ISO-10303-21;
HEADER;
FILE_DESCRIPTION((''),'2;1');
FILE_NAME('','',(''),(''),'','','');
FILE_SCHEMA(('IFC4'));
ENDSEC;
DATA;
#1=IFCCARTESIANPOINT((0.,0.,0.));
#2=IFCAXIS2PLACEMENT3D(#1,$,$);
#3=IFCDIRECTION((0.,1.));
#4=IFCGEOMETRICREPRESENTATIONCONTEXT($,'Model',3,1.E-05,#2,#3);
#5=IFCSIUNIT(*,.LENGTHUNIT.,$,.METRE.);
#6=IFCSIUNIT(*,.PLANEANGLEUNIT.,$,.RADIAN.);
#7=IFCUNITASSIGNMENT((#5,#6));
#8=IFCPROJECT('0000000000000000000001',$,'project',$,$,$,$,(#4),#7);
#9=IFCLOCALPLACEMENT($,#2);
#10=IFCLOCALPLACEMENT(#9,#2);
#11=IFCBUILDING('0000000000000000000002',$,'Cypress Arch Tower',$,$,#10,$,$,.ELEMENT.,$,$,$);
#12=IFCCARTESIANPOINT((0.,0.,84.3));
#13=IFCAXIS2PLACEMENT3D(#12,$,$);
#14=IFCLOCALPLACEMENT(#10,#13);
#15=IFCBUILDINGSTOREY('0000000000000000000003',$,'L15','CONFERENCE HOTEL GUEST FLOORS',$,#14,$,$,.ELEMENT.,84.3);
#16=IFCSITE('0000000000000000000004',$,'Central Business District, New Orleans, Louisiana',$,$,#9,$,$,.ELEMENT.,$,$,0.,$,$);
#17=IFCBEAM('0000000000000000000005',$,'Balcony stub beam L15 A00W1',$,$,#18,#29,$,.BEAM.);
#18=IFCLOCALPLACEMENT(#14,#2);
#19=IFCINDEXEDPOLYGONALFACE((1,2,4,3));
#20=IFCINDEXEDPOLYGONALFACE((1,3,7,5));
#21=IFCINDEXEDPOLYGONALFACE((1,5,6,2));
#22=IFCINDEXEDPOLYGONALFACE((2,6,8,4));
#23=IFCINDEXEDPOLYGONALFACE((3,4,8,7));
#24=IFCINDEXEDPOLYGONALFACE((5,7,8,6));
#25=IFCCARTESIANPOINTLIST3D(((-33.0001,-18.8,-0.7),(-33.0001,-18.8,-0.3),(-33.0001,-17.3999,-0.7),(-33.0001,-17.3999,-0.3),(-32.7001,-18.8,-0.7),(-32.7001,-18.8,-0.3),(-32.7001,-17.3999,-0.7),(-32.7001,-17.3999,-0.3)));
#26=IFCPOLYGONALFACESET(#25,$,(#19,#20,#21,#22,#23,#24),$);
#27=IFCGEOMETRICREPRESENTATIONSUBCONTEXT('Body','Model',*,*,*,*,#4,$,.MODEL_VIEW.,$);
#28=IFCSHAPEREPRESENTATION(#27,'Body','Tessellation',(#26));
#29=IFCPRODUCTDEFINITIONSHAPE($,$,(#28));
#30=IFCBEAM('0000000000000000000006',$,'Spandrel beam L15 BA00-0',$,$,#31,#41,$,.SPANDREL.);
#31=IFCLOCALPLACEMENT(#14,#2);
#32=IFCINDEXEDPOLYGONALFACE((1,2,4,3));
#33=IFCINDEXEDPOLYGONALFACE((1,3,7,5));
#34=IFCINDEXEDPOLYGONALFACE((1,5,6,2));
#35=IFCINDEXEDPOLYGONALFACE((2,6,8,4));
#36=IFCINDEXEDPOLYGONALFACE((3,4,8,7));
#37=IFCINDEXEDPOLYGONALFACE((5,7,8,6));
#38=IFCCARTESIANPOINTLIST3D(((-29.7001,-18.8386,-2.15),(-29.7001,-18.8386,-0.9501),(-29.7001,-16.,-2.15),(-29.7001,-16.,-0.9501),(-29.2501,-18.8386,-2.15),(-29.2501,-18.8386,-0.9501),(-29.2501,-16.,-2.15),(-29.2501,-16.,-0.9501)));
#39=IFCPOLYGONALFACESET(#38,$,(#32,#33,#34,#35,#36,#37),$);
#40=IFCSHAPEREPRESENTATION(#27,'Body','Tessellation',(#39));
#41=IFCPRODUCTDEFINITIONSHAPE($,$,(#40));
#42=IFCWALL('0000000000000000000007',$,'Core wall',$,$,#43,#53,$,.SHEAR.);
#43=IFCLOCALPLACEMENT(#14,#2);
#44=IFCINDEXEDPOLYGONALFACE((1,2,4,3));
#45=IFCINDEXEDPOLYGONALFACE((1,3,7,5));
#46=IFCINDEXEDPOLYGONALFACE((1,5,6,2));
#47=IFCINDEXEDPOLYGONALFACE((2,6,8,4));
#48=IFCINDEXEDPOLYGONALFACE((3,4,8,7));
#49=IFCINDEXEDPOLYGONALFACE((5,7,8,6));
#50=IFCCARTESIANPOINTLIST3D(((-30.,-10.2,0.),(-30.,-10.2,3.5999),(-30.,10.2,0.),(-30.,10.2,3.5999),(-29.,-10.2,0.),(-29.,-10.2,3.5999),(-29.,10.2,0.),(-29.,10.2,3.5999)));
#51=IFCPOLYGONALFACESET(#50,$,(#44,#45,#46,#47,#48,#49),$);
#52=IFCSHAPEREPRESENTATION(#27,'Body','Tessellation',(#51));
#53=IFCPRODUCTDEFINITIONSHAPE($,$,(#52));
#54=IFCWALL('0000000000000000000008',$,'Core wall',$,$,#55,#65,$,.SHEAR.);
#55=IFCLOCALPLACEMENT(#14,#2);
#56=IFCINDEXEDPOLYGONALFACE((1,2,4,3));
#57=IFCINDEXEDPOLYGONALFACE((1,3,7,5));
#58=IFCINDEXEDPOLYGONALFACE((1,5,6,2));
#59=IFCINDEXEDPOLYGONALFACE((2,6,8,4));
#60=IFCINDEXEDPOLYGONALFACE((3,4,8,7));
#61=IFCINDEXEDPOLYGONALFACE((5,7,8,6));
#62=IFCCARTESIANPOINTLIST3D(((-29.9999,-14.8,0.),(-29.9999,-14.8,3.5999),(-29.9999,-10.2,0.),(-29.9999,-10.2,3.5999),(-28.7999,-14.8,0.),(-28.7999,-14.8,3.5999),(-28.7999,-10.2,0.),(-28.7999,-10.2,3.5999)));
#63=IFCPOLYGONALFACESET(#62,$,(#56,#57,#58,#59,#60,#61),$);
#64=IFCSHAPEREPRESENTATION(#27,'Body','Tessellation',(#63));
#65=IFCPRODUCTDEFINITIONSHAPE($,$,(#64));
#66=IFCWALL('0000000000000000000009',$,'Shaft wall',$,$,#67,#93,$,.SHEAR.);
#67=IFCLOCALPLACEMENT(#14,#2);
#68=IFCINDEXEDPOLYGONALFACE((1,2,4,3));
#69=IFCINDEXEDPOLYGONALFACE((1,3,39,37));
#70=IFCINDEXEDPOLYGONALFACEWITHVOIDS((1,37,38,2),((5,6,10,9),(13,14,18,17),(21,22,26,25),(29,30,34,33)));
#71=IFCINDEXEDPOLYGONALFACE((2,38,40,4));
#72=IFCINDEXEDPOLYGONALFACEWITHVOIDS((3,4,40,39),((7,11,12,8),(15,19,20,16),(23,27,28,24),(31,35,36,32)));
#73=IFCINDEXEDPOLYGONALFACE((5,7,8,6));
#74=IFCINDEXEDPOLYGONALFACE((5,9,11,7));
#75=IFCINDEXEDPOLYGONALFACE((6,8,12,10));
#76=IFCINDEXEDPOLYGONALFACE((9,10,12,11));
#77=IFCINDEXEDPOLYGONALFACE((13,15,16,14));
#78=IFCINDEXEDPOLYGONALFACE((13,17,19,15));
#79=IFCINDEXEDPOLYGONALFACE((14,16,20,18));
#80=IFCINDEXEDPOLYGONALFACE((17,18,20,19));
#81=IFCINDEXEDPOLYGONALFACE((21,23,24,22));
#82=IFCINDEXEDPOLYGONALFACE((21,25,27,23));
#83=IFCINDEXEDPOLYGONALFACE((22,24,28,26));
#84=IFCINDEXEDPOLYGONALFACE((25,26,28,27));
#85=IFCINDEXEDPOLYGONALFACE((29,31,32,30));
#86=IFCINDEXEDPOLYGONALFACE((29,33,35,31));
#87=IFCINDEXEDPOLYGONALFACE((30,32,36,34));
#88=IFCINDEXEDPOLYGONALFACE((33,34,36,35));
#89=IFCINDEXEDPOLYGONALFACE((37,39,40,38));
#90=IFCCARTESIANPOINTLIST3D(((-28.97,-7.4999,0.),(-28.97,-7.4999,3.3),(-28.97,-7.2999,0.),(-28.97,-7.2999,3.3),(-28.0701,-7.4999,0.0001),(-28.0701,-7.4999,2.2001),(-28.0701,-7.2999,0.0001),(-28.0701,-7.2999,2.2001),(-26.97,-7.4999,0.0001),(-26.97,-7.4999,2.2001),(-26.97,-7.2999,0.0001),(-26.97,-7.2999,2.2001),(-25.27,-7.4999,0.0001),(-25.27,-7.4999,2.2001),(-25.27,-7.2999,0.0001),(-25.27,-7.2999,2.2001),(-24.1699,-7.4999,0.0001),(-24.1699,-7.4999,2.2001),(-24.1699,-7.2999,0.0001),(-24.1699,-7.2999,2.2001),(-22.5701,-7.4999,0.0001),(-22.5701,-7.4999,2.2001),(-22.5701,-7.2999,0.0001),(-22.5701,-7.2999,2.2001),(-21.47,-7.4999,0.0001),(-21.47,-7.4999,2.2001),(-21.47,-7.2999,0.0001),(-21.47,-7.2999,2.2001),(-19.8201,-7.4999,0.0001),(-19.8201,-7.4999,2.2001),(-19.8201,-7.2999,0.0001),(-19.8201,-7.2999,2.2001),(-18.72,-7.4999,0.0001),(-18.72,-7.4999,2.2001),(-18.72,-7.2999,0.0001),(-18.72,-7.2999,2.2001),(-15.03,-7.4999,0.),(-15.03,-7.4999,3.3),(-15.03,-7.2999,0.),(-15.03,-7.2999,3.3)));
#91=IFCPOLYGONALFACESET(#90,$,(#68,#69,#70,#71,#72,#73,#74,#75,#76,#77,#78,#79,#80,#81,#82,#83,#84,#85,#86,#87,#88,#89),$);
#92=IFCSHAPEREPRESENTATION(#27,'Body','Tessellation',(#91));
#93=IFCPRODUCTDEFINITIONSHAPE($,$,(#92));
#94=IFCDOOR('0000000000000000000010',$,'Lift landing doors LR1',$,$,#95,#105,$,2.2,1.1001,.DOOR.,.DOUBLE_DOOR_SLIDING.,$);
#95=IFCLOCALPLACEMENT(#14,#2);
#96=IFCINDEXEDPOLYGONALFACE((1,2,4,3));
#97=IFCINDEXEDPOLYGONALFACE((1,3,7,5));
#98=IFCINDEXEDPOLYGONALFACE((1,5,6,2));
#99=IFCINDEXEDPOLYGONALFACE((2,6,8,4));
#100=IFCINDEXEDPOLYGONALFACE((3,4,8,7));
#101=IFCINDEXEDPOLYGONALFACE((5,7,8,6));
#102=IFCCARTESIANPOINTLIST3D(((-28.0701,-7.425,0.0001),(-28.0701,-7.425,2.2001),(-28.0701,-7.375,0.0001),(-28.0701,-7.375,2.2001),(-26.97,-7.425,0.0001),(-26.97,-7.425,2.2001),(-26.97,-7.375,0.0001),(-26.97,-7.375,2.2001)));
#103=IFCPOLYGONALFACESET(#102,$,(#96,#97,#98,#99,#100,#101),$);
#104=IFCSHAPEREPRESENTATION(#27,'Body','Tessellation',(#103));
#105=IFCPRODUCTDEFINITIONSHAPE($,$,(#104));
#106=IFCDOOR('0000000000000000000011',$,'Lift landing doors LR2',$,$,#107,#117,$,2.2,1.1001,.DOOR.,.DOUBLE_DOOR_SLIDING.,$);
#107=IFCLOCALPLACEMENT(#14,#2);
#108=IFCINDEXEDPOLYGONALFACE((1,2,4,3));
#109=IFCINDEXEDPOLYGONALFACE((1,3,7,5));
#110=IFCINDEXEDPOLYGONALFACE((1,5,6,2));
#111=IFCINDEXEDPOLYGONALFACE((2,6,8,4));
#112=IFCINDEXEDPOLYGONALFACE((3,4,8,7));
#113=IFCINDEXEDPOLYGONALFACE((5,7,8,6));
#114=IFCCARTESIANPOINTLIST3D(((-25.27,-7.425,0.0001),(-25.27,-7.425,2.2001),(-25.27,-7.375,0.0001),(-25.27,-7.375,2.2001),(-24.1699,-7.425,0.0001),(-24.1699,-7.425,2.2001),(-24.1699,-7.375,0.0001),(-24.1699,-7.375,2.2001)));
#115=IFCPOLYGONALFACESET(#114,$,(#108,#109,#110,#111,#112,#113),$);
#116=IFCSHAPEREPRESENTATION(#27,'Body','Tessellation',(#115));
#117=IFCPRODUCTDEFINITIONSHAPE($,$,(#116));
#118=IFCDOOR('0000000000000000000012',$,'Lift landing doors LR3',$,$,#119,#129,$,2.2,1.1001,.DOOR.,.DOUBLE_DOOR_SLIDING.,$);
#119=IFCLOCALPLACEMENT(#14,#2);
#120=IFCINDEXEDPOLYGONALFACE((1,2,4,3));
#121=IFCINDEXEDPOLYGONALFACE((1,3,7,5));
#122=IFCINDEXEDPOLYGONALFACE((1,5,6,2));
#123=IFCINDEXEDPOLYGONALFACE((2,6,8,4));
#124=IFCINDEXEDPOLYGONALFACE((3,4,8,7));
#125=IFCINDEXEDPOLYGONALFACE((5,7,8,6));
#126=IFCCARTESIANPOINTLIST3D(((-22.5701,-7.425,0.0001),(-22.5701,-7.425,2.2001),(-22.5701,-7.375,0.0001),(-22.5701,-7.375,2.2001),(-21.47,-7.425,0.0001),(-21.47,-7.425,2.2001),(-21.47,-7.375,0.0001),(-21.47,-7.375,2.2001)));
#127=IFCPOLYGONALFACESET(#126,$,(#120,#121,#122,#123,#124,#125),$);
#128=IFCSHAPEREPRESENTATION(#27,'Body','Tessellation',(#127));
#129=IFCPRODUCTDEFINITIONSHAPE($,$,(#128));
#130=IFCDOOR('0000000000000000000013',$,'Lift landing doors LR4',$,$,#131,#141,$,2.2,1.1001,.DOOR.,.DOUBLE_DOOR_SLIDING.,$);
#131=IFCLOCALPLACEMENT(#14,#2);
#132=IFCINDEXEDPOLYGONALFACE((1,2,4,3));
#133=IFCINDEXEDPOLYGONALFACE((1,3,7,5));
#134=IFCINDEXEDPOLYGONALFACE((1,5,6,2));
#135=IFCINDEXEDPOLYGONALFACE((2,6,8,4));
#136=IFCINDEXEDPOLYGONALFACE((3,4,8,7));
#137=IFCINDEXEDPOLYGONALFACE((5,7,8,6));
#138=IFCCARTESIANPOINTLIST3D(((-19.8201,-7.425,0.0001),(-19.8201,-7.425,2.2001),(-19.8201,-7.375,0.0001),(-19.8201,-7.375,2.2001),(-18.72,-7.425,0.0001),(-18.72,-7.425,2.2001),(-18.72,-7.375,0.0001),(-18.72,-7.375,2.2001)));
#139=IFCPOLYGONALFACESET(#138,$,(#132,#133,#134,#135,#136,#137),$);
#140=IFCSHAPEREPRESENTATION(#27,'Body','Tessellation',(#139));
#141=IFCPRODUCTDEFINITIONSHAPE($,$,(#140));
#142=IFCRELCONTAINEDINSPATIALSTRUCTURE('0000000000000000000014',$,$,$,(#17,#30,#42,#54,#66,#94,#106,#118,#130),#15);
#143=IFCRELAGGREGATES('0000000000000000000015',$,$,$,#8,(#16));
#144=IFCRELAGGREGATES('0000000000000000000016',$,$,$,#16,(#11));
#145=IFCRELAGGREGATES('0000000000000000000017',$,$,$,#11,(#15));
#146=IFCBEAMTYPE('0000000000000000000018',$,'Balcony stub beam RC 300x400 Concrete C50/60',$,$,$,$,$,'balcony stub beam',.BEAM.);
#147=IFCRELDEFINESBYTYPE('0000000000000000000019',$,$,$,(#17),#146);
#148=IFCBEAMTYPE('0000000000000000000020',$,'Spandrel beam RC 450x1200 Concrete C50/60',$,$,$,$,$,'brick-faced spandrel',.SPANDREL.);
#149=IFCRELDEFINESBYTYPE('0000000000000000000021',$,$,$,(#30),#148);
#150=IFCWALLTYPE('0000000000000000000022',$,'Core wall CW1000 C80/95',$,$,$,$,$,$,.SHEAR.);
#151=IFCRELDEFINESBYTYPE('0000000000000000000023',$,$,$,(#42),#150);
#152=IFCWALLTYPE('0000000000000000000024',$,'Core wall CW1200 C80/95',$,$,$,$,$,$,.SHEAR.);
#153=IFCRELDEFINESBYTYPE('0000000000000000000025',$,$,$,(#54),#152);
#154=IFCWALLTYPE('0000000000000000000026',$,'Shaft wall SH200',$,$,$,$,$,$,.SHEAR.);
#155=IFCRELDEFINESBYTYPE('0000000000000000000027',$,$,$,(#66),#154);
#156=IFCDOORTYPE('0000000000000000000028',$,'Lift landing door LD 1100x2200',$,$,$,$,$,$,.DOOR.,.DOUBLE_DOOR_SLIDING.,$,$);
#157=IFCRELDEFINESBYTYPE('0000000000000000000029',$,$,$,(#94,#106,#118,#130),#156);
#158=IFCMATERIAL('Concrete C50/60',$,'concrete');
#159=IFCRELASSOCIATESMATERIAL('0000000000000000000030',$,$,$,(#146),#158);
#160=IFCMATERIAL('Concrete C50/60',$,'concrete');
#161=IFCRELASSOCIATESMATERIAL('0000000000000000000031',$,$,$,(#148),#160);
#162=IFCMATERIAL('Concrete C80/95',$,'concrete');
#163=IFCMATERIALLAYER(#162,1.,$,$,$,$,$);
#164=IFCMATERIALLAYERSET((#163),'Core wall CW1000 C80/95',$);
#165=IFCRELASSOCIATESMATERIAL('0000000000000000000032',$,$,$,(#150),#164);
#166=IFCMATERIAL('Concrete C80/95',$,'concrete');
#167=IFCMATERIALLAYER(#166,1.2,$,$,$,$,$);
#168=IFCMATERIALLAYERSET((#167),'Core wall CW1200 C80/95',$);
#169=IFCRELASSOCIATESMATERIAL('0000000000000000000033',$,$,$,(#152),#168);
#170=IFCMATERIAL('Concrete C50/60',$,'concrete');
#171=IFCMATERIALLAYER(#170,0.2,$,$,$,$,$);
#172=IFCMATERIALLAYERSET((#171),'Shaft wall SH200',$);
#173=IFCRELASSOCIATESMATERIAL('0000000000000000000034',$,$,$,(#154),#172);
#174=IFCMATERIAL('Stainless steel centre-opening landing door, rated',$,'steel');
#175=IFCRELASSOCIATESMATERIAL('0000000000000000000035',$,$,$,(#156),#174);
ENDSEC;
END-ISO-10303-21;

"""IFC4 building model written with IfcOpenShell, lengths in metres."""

from ifc_helpers import new_model, si_unit, direction, frame, frame_2d, origin, origin_2d, place, context, subcontext, project, spatial, rectangle, extrude, material, layer, layer_set, material_profile, profile_set, type_object, element, fill, save


model = new_model("IFC4")

# Units and contexts
model_context = context("Model", 3, precision=1e-05, world=origin(), true_north=direction((0.0, 1.0)))
body_context = subcontext(model_context, "Body", "Model", "MODEL_VIEW")
ifc_project = project(units=[si_unit("LENGTHUNIT", "METRE"), si_unit("PLANEANGLEUNIT", "RADIAN")], contexts=[model_context])

# Site, building, storey
site_placement = place(None, origin())
site = spatial("IfcSite", under=ifc_project, at=site_placement, Name="Central Business District, New Orleans, Louisiana", CompositionType="ELEMENT", RefElevation=0.0)
building_placement = place(site_placement, origin())
building = spatial("IfcBuilding", under=site, at=building_placement, Name="Cypress Arch Tower", CompositionType="ELEMENT")
storey_placement = place(building_placement, frame((0.0, 0.0, 84.3)))
storey = spatial("IfcBuildingStorey", under=building, at=storey_placement, Name="L15", Description="CONFERENCE HOTEL GUEST FLOORS", CompositionType="ELEMENT", Elevation=84.3)

# Beams
ifc_material_1 = material(Name="Concrete C50/60", Category="concrete")
ifc_material_profile_1 = material_profile(ifc_material_1, rectangle(XDim=0.3, YDim=0.3999, at=origin_2d()), Name="RC 300x400")
ifc_profile_set_1 = profile_set([ifc_material_profile_1], Name="Concrete C50/60")
beam_type_1 = type_object("IfcBeamType", Name="Balcony stub beam RC 300x400 Concrete C50/60", ElementType="balcony stub beam", PredefinedType="BEAM", material=ifc_profile_set_1)
beam_1_placement = place(storey_placement, frame((-32.8501, -17.3999, -0.5), z_axis=(0.0, -1.0, 0.0), x_axis=(1.0, 0.0, 0.0)))
element("IfcBeam", 1, at=beam_1_placement, inside=storey, type_object=beam_type_1, Name="Balcony stub beam L15 A00W1", PredefinedType="BEAM", context=body_context, shape_type="SweptSolid", body=[
    extrude(rectangle(XDim=0.3, YDim=0.3999, at=origin_2d()), origin(), (0.0, 0.0, 1.0), 1.4001),
])
ifc_material_2 = material(Name="Concrete C50/60", Category="concrete")
ifc_material_profile_2 = material_profile(ifc_material_2, rectangle(XDim=0.45, YDim=1.2, at=origin_2d()), Name="RC 450x1200")
ifc_profile_set_2 = profile_set([ifc_material_profile_2], Name="Concrete C50/60")
beam_type_2 = type_object("IfcBeamType", Name="Spandrel beam RC 450x1200 Concrete C50/60", ElementType="brick-faced spandrel", PredefinedType="SPANDREL", material=ifc_profile_set_2)
beam_2_placement = place(storey_placement, frame((-29.4751, -16.0, -1.55), z_axis=(0.0, -1.0, 0.0), x_axis=(1.0, 0.0, 0.0)))
element("IfcBeam", 2, at=beam_2_placement, inside=storey, type_object=beam_type_2, Name="Spandrel beam L15 BA00-0", PredefinedType="SPANDREL", context=body_context, shape_type="SweptSolid", body=[
    extrude(rectangle(XDim=0.45, YDim=1.2, at=origin_2d()), origin(), (0.0, 0.0, 1.0), 2.8386),
])

# Wall
ifc_material_3 = material(Name="Concrete C80/95", Category="concrete")
ifc_layer_1 = layer(ifc_material_3, 1.0)
ifc_layer_set_1 = layer_set([ifc_layer_1], Name="Core wall CW1000 C80/95")
wall_type_1 = type_object("IfcWallType", Name="Core wall CW1000 C80/95", PredefinedType="SHEAR", material=ifc_layer_set_1)
wall_1_placement = place(storey_placement, frame((-29.5, -10.2, 0.0), z_axis=(0.0, 0.0, 1.0), x_axis=(0.0, 1.0, 0.0)))
element("IfcWall", 3, at=wall_1_placement, inside=storey, type_object=wall_type_1, Name="Core wall", PredefinedType="SHEAR", context=body_context, shape_type="SweptSolid", body=[
    extrude(rectangle(XDim=20.3999, YDim=1.0, at=frame_2d((10.2, 0.0))), origin(), (0.0, 0.0, 1.0), 3.5999),
])

# Shared definitions
ifc_material_4 = material(Name="Concrete C80/95", Category="concrete")
ifc_layer_2 = layer(ifc_material_4, 1.2)
ifc_layer_set_2 = layer_set([ifc_layer_2], Name="Core wall CW1200 C80/95")
wall_type_2 = type_object("IfcWallType", Name="Core wall CW1200 C80/95", PredefinedType="SHEAR", material=ifc_layer_set_2)

# Wall
wall_2_placement = place(storey_placement, frame((-29.3999, -14.8, 0.0), z_axis=(0.0, 0.0, 1.0), x_axis=(0.0, 1.0, 0.0)))
element("IfcWall", 4, at=wall_2_placement, inside=storey, type_object=wall_type_2, Name="Core wall", PredefinedType="SHEAR", context=body_context, shape_type="SweptSolid", body=[
    extrude(rectangle(XDim=4.6001, YDim=1.2, at=frame_2d((2.3, 0.0))), origin(), (0.0, 0.0, 1.0), 3.5999),
])

# Wall, openings, doors
ifc_material_5 = material(Name="Concrete C50/60", Category="concrete")
ifc_layer_3 = layer(ifc_material_5, 0.2)
ifc_layer_set_3 = layer_set([ifc_layer_3], Name="Shaft wall SH200")
wall_type_3 = type_object("IfcWallType", Name="Shaft wall SH200", PredefinedType="SHEAR", material=ifc_layer_set_3)
wall_3_placement = place(storey_placement, frame((-28.97, -7.3999, 0.0), z_axis=(0.0, 0.0, 1.0), x_axis=(1.0, 0.0, 0.0)))
wall_3 = element("IfcWall", 5, at=wall_3_placement, inside=storey, type_object=wall_type_3, Name="Shaft wall", PredefinedType="SHEAR", context=body_context, shape_type="SweptSolid", body=[
    extrude(rectangle(XDim=13.9399, YDim=0.2, at=frame_2d((6.97, 0.0))), origin(), (0.0, 0.0, 1.0), 3.3),
])
opening_1_placement = place(wall_3_placement, frame((0.8999, 0.0, 0.0)))
opening_1 = element("IfcOpeningElement", 6, at=opening_1_placement, cuts=wall_3, PredefinedType="OPENING", context=body_context, shape_type="SweptSolid", body=[
    extrude(rectangle(XDim=1.1001, YDim=2.2, at=frame_2d((0.55, 1.1001))), frame((0.0, 0.1099, 0.0), z_axis=(0.0, -1.0, 0.0), x_axis=(1.0, 0.0, 0.0)), (0.0, 0.0, 1.0), 0.22),
])
opening_2_placement = place(wall_3_placement, frame((3.7, 0.0, 0.0)))
opening_2 = element("IfcOpeningElement", 7, at=opening_2_placement, cuts=wall_3, PredefinedType="OPENING", context=body_context, shape_type="SweptSolid", body=[
    extrude(rectangle(XDim=1.1001, YDim=2.2, at=frame_2d((0.55, 1.1001))), frame((0.0, 0.1099, 0.0), z_axis=(0.0, -1.0, 0.0), x_axis=(1.0, 0.0, 0.0)), (0.0, 0.0, 1.0), 0.22),
])
opening_3_placement = place(wall_3_placement, frame((6.3999, 0.0, 0.0)))
opening_3 = element("IfcOpeningElement", 8, at=opening_3_placement, cuts=wall_3, PredefinedType="OPENING", context=body_context, shape_type="SweptSolid", body=[
    extrude(rectangle(XDim=1.1001, YDim=2.2, at=frame_2d((0.55, 1.1001))), frame((0.0, 0.1099, 0.0), z_axis=(0.0, -1.0, 0.0), x_axis=(1.0, 0.0, 0.0)), (0.0, 0.0, 1.0), 0.22),
])
opening_4_placement = place(wall_3_placement, frame((9.1499, 0.0, 0.0)))
opening_4 = element("IfcOpeningElement", 9, at=opening_4_placement, cuts=wall_3, PredefinedType="OPENING", context=body_context, shape_type="SweptSolid", body=[
    extrude(rectangle(XDim=1.1001, YDim=2.2, at=frame_2d((0.55, 1.1001))), frame((0.0, 0.1099, 0.0), z_axis=(0.0, -1.0, 0.0), x_axis=(1.0, 0.0, 0.0)), (0.0, 0.0, 1.0), 0.22),
])
ifc_material_6 = material(Name="Stainless steel centre-opening landing door, rated", Category="steel")
door_type_1 = type_object("IfcDoorType", Name="Lift landing door LD 1100x2200", OperationType="DOUBLE_DOOR_SLIDING", PredefinedType="DOOR", material=ifc_material_6)
door_1_placement = place(opening_1_placement, origin())
door_1 = element("IfcDoor", 10, at=door_1_placement, inside=storey, type_object=door_type_1, Name="Lift landing doors LR1", OperationType="DOUBLE_DOOR_SLIDING", OverallHeight=2.2, OverallWidth=1.1001, PredefinedType="DOOR", context=body_context, shape_type="SweptSolid", body=[
    extrude(rectangle(XDim=1.1001, YDim=2.2, at=frame_2d((0.55, 1.1001))), frame((0.0, 0.0249, 0.0), z_axis=(0.0, -1.0, 0.0), x_axis=(1.0, 0.0, 0.0)), (0.0, 0.0, 1.0), 0.05),
])
fill(opening_1, door_1)
door_2_placement = place(opening_2_placement, origin())
door_2 = element("IfcDoor", 11, at=door_2_placement, inside=storey, type_object=door_type_1, Name="Lift landing doors LR2", OperationType="DOUBLE_DOOR_SLIDING", OverallHeight=2.2, OverallWidth=1.1001, PredefinedType="DOOR", context=body_context, shape_type="SweptSolid", body=[
    extrude(rectangle(XDim=1.1001, YDim=2.2, at=frame_2d((0.55, 1.1001))), frame((0.0, 0.0249, 0.0), z_axis=(0.0, -1.0, 0.0), x_axis=(1.0, 0.0, 0.0)), (0.0, 0.0, 1.0), 0.05),
])
fill(opening_2, door_2)
door_3_placement = place(opening_3_placement, origin())
door_3 = element("IfcDoor", 12, at=door_3_placement, inside=storey, type_object=door_type_1, Name="Lift landing doors LR3", OperationType="DOUBLE_DOOR_SLIDING", OverallHeight=2.2, OverallWidth=1.1001, PredefinedType="DOOR", context=body_context, shape_type="SweptSolid", body=[
    extrude(rectangle(XDim=1.1001, YDim=2.2, at=frame_2d((0.55, 1.1001))), frame((0.0, 0.0249, 0.0), z_axis=(0.0, -1.0, 0.0), x_axis=(1.0, 0.0, 0.0)), (0.0, 0.0, 1.0), 0.05),
])
fill(opening_3, door_3)
door_4_placement = place(opening_4_placement, origin())
door_4 = element("IfcDoor", 13, at=door_4_placement, inside=storey, type_object=door_type_1, Name="Lift landing doors LR4", OperationType="DOUBLE_DOOR_SLIDING", OverallHeight=2.2, OverallWidth=1.1001, PredefinedType="DOOR", context=body_context, shape_type="SweptSolid", body=[
    extrude(rectangle(XDim=1.1001, YDim=2.2, at=frame_2d((0.55, 1.1001))), frame((0.0, 0.0249, 0.0), z_axis=(0.0, -1.0, 0.0), x_axis=(1.0, 0.0, 0.0)), (0.0, 0.0, 1.0), 0.05),
])
fill(opening_4, door_4)

save(model, "model.ifc")
